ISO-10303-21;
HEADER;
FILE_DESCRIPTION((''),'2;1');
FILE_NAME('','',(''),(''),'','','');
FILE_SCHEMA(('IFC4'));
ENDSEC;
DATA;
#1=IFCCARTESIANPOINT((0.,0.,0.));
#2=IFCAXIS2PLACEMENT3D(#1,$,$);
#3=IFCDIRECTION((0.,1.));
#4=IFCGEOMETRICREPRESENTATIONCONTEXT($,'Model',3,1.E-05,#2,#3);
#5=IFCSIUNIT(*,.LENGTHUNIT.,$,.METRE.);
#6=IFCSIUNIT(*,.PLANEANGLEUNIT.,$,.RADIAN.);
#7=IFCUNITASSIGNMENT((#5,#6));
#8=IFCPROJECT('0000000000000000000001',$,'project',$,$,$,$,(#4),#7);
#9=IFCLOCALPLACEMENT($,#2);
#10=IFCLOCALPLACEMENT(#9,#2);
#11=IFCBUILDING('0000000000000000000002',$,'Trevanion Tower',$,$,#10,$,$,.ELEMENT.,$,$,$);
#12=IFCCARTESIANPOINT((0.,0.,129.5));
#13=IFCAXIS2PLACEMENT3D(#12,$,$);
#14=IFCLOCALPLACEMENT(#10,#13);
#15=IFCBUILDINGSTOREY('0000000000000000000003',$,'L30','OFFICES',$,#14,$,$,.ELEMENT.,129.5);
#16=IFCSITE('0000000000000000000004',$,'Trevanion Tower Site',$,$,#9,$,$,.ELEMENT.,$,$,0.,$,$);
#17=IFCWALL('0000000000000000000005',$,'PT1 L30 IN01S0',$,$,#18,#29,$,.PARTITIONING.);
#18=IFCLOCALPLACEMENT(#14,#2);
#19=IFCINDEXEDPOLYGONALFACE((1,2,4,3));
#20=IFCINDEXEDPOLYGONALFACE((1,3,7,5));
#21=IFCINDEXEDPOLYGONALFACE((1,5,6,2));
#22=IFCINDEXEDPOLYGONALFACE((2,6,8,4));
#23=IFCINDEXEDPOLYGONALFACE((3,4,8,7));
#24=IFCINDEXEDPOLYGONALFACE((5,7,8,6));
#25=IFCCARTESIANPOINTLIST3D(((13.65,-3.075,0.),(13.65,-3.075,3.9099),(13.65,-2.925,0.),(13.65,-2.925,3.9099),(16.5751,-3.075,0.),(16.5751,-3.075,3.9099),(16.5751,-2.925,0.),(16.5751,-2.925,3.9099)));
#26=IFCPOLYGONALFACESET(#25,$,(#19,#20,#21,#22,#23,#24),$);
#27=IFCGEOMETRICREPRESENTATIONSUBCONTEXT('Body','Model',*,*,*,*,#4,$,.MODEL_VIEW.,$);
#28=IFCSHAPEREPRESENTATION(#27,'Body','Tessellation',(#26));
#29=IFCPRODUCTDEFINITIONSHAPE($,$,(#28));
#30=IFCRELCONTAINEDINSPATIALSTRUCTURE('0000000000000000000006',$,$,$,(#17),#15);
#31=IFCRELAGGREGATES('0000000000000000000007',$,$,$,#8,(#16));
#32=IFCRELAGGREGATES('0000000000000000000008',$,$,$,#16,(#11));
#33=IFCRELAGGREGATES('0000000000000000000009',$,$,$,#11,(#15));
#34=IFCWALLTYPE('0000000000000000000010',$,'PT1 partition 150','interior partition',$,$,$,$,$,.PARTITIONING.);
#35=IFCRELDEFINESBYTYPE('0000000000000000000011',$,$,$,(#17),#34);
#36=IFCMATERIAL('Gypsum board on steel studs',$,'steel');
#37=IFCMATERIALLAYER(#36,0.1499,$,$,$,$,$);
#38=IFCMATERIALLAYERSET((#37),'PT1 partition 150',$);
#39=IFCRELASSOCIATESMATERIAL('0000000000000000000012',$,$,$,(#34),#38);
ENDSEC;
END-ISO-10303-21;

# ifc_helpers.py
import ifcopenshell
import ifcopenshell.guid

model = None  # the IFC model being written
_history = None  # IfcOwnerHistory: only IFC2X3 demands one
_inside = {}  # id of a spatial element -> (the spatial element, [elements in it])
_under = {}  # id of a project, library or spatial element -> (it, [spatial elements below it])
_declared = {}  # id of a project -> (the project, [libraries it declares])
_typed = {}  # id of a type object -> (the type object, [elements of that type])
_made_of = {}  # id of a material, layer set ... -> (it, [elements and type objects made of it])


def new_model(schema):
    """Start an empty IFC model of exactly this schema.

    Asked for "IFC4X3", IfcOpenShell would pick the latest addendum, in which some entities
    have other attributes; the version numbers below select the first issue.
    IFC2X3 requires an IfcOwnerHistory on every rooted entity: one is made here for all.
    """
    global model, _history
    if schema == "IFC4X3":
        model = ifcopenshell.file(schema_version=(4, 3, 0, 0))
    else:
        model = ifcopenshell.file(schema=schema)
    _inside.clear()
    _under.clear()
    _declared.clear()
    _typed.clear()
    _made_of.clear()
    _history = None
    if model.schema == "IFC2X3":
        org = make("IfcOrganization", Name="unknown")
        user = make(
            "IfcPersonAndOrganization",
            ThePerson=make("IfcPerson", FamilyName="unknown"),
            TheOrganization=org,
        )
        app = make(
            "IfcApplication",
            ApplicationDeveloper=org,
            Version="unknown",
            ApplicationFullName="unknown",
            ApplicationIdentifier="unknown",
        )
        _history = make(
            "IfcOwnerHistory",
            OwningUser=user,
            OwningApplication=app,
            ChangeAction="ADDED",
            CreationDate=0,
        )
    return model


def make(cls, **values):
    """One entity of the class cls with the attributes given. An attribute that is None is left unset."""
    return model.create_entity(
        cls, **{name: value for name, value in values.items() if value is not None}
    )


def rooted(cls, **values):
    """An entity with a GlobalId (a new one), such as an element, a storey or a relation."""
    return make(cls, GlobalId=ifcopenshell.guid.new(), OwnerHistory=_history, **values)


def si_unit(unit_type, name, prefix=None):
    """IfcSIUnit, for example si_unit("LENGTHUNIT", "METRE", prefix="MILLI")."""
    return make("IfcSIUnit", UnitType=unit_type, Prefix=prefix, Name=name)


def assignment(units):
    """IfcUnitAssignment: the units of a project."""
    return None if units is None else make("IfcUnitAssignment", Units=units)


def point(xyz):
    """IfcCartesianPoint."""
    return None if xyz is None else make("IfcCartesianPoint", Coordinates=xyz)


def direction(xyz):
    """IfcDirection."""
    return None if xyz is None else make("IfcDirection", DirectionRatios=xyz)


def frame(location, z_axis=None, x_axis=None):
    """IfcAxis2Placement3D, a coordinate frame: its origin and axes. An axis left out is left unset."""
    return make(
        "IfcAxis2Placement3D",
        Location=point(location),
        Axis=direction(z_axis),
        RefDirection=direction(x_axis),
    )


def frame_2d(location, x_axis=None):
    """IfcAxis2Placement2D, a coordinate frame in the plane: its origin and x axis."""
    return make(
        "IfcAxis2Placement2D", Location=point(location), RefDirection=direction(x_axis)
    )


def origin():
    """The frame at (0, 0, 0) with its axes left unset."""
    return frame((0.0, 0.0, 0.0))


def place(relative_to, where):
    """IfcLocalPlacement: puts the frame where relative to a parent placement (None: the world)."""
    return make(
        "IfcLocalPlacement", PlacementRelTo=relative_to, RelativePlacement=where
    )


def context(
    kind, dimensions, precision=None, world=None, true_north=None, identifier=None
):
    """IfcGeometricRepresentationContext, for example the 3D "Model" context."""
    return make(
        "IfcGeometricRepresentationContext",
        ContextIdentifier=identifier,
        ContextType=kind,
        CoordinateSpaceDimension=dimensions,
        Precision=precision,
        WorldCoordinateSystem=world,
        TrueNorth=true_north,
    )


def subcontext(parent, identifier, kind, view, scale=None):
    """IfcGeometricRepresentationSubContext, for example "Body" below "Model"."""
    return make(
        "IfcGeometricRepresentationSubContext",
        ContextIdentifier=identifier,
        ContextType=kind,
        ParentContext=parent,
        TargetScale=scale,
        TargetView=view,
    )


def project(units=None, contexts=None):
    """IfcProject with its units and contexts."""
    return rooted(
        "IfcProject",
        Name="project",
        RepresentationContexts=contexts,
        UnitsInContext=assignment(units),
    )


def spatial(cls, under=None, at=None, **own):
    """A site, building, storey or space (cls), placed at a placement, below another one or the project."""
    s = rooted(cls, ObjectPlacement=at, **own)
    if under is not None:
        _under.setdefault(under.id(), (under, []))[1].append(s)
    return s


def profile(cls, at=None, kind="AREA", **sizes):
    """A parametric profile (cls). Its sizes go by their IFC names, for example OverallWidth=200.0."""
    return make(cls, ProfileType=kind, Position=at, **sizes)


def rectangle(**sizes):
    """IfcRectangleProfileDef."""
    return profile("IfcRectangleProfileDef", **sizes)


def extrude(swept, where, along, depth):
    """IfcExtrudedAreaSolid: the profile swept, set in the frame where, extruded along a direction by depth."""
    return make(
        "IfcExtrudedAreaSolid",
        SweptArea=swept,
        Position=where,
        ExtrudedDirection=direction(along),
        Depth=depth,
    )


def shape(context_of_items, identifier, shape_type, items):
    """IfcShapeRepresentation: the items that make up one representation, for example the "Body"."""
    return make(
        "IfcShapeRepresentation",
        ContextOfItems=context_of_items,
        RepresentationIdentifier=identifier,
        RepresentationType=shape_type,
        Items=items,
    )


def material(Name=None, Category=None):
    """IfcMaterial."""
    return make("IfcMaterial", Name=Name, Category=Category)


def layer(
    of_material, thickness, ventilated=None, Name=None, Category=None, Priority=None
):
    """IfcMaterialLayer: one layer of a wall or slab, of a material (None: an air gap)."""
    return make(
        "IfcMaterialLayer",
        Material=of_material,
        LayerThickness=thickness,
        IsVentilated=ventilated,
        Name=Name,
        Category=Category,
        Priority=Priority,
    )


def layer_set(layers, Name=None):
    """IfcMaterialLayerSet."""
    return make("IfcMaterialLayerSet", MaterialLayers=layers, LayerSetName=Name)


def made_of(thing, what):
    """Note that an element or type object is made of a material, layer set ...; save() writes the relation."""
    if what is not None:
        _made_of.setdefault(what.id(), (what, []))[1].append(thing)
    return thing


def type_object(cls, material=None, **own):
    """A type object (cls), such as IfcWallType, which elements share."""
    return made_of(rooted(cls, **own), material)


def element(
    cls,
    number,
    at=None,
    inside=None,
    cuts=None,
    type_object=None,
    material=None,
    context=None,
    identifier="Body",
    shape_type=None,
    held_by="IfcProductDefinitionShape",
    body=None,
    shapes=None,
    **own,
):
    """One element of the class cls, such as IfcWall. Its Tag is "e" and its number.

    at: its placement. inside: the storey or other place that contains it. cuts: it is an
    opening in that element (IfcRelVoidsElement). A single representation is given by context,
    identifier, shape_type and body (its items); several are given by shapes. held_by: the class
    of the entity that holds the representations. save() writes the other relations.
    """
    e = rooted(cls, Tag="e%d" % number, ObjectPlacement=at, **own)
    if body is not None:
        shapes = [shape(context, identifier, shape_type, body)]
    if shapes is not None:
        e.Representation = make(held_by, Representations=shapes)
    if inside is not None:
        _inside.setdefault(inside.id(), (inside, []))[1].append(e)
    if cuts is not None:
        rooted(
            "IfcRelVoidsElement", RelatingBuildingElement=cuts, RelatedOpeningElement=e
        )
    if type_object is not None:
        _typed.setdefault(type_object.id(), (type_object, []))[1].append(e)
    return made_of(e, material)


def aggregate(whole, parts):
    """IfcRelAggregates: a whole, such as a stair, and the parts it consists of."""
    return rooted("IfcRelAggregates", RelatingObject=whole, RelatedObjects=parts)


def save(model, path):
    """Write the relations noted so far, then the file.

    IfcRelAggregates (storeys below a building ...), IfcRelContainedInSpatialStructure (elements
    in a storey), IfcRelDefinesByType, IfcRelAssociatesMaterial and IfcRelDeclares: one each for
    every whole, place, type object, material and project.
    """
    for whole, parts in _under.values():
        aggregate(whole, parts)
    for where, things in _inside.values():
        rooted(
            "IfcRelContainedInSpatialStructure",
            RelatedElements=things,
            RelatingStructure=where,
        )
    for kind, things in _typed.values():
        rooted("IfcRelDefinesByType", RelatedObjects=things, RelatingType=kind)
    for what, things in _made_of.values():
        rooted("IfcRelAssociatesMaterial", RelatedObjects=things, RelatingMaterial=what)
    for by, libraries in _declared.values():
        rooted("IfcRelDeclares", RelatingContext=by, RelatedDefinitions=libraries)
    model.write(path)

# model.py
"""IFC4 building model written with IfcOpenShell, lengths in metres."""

from ifc_helpers import new_model, si_unit, direction, frame, frame_2d, origin, place, context, subcontext, project, spatial, rectangle, extrude, material, layer, layer_set, type_object, element, save


model = new_model("IFC4")

# Units and contexts
model_context = context("Model", 3, precision=1e-05, world=origin(), true_north=direction((0.0, 1.0)))
body_context = subcontext(model_context, "Body", "Model", "MODEL_VIEW")
ifc_project = project(units=[si_unit("LENGTHUNIT", "METRE"), si_unit("PLANEANGLEUNIT", "RADIAN")], contexts=[model_context])

# Site, building, storey
site_placement = place(None, origin())
site = spatial("IfcSite", under=ifc_project, at=site_placement, Name="Trevanion Tower Site", CompositionType="ELEMENT", RefElevation=0.0)
building_placement = place(site_placement, origin())
building = spatial("IfcBuilding", under=site, at=building_placement, Name="Trevanion Tower", CompositionType="ELEMENT")
storey_placement = place(building_placement, frame((0.0, 0.0, 129.5)))
storey = spatial("IfcBuildingStorey", under=building, at=storey_placement, Name="L30", Description="OFFICES", CompositionType="ELEMENT", Elevation=129.5)

# Shared definitions
ifc_material_1 = material(Name="Gypsum board on steel studs", Category="steel")
ifc_layer_1 = layer(ifc_material_1, 0.1499)
ifc_layer_set_1 = layer_set([ifc_layer_1], Name="PT1 partition 150")
wall_type = type_object("IfcWallType", Name="PT1 partition 150", Description="interior partition", PredefinedType="PARTITIONING", material=ifc_layer_set_1)

# Wall
wall_1_placement = place(storey_placement, frame((16.575, -3.0, 0.0), z_axis=(0.0, 0.0, 1.0), x_axis=(-1.0, 0.0, 0.0)))
element("IfcWall", 1, at=wall_1_placement, inside=storey, type_object=wall_type, Name="PT1 L30 IN01S0", PredefinedType="PARTITIONING", context=body_context, shape_type="SweptSolid", body=[
    extrude(rectangle(XDim=2.925, YDim=0.1499, at=frame_2d((1.4624, 0.0))), origin(), (0.0, 0.0, 1.0), 3.9099),
])

save(model, "model.ifc")
